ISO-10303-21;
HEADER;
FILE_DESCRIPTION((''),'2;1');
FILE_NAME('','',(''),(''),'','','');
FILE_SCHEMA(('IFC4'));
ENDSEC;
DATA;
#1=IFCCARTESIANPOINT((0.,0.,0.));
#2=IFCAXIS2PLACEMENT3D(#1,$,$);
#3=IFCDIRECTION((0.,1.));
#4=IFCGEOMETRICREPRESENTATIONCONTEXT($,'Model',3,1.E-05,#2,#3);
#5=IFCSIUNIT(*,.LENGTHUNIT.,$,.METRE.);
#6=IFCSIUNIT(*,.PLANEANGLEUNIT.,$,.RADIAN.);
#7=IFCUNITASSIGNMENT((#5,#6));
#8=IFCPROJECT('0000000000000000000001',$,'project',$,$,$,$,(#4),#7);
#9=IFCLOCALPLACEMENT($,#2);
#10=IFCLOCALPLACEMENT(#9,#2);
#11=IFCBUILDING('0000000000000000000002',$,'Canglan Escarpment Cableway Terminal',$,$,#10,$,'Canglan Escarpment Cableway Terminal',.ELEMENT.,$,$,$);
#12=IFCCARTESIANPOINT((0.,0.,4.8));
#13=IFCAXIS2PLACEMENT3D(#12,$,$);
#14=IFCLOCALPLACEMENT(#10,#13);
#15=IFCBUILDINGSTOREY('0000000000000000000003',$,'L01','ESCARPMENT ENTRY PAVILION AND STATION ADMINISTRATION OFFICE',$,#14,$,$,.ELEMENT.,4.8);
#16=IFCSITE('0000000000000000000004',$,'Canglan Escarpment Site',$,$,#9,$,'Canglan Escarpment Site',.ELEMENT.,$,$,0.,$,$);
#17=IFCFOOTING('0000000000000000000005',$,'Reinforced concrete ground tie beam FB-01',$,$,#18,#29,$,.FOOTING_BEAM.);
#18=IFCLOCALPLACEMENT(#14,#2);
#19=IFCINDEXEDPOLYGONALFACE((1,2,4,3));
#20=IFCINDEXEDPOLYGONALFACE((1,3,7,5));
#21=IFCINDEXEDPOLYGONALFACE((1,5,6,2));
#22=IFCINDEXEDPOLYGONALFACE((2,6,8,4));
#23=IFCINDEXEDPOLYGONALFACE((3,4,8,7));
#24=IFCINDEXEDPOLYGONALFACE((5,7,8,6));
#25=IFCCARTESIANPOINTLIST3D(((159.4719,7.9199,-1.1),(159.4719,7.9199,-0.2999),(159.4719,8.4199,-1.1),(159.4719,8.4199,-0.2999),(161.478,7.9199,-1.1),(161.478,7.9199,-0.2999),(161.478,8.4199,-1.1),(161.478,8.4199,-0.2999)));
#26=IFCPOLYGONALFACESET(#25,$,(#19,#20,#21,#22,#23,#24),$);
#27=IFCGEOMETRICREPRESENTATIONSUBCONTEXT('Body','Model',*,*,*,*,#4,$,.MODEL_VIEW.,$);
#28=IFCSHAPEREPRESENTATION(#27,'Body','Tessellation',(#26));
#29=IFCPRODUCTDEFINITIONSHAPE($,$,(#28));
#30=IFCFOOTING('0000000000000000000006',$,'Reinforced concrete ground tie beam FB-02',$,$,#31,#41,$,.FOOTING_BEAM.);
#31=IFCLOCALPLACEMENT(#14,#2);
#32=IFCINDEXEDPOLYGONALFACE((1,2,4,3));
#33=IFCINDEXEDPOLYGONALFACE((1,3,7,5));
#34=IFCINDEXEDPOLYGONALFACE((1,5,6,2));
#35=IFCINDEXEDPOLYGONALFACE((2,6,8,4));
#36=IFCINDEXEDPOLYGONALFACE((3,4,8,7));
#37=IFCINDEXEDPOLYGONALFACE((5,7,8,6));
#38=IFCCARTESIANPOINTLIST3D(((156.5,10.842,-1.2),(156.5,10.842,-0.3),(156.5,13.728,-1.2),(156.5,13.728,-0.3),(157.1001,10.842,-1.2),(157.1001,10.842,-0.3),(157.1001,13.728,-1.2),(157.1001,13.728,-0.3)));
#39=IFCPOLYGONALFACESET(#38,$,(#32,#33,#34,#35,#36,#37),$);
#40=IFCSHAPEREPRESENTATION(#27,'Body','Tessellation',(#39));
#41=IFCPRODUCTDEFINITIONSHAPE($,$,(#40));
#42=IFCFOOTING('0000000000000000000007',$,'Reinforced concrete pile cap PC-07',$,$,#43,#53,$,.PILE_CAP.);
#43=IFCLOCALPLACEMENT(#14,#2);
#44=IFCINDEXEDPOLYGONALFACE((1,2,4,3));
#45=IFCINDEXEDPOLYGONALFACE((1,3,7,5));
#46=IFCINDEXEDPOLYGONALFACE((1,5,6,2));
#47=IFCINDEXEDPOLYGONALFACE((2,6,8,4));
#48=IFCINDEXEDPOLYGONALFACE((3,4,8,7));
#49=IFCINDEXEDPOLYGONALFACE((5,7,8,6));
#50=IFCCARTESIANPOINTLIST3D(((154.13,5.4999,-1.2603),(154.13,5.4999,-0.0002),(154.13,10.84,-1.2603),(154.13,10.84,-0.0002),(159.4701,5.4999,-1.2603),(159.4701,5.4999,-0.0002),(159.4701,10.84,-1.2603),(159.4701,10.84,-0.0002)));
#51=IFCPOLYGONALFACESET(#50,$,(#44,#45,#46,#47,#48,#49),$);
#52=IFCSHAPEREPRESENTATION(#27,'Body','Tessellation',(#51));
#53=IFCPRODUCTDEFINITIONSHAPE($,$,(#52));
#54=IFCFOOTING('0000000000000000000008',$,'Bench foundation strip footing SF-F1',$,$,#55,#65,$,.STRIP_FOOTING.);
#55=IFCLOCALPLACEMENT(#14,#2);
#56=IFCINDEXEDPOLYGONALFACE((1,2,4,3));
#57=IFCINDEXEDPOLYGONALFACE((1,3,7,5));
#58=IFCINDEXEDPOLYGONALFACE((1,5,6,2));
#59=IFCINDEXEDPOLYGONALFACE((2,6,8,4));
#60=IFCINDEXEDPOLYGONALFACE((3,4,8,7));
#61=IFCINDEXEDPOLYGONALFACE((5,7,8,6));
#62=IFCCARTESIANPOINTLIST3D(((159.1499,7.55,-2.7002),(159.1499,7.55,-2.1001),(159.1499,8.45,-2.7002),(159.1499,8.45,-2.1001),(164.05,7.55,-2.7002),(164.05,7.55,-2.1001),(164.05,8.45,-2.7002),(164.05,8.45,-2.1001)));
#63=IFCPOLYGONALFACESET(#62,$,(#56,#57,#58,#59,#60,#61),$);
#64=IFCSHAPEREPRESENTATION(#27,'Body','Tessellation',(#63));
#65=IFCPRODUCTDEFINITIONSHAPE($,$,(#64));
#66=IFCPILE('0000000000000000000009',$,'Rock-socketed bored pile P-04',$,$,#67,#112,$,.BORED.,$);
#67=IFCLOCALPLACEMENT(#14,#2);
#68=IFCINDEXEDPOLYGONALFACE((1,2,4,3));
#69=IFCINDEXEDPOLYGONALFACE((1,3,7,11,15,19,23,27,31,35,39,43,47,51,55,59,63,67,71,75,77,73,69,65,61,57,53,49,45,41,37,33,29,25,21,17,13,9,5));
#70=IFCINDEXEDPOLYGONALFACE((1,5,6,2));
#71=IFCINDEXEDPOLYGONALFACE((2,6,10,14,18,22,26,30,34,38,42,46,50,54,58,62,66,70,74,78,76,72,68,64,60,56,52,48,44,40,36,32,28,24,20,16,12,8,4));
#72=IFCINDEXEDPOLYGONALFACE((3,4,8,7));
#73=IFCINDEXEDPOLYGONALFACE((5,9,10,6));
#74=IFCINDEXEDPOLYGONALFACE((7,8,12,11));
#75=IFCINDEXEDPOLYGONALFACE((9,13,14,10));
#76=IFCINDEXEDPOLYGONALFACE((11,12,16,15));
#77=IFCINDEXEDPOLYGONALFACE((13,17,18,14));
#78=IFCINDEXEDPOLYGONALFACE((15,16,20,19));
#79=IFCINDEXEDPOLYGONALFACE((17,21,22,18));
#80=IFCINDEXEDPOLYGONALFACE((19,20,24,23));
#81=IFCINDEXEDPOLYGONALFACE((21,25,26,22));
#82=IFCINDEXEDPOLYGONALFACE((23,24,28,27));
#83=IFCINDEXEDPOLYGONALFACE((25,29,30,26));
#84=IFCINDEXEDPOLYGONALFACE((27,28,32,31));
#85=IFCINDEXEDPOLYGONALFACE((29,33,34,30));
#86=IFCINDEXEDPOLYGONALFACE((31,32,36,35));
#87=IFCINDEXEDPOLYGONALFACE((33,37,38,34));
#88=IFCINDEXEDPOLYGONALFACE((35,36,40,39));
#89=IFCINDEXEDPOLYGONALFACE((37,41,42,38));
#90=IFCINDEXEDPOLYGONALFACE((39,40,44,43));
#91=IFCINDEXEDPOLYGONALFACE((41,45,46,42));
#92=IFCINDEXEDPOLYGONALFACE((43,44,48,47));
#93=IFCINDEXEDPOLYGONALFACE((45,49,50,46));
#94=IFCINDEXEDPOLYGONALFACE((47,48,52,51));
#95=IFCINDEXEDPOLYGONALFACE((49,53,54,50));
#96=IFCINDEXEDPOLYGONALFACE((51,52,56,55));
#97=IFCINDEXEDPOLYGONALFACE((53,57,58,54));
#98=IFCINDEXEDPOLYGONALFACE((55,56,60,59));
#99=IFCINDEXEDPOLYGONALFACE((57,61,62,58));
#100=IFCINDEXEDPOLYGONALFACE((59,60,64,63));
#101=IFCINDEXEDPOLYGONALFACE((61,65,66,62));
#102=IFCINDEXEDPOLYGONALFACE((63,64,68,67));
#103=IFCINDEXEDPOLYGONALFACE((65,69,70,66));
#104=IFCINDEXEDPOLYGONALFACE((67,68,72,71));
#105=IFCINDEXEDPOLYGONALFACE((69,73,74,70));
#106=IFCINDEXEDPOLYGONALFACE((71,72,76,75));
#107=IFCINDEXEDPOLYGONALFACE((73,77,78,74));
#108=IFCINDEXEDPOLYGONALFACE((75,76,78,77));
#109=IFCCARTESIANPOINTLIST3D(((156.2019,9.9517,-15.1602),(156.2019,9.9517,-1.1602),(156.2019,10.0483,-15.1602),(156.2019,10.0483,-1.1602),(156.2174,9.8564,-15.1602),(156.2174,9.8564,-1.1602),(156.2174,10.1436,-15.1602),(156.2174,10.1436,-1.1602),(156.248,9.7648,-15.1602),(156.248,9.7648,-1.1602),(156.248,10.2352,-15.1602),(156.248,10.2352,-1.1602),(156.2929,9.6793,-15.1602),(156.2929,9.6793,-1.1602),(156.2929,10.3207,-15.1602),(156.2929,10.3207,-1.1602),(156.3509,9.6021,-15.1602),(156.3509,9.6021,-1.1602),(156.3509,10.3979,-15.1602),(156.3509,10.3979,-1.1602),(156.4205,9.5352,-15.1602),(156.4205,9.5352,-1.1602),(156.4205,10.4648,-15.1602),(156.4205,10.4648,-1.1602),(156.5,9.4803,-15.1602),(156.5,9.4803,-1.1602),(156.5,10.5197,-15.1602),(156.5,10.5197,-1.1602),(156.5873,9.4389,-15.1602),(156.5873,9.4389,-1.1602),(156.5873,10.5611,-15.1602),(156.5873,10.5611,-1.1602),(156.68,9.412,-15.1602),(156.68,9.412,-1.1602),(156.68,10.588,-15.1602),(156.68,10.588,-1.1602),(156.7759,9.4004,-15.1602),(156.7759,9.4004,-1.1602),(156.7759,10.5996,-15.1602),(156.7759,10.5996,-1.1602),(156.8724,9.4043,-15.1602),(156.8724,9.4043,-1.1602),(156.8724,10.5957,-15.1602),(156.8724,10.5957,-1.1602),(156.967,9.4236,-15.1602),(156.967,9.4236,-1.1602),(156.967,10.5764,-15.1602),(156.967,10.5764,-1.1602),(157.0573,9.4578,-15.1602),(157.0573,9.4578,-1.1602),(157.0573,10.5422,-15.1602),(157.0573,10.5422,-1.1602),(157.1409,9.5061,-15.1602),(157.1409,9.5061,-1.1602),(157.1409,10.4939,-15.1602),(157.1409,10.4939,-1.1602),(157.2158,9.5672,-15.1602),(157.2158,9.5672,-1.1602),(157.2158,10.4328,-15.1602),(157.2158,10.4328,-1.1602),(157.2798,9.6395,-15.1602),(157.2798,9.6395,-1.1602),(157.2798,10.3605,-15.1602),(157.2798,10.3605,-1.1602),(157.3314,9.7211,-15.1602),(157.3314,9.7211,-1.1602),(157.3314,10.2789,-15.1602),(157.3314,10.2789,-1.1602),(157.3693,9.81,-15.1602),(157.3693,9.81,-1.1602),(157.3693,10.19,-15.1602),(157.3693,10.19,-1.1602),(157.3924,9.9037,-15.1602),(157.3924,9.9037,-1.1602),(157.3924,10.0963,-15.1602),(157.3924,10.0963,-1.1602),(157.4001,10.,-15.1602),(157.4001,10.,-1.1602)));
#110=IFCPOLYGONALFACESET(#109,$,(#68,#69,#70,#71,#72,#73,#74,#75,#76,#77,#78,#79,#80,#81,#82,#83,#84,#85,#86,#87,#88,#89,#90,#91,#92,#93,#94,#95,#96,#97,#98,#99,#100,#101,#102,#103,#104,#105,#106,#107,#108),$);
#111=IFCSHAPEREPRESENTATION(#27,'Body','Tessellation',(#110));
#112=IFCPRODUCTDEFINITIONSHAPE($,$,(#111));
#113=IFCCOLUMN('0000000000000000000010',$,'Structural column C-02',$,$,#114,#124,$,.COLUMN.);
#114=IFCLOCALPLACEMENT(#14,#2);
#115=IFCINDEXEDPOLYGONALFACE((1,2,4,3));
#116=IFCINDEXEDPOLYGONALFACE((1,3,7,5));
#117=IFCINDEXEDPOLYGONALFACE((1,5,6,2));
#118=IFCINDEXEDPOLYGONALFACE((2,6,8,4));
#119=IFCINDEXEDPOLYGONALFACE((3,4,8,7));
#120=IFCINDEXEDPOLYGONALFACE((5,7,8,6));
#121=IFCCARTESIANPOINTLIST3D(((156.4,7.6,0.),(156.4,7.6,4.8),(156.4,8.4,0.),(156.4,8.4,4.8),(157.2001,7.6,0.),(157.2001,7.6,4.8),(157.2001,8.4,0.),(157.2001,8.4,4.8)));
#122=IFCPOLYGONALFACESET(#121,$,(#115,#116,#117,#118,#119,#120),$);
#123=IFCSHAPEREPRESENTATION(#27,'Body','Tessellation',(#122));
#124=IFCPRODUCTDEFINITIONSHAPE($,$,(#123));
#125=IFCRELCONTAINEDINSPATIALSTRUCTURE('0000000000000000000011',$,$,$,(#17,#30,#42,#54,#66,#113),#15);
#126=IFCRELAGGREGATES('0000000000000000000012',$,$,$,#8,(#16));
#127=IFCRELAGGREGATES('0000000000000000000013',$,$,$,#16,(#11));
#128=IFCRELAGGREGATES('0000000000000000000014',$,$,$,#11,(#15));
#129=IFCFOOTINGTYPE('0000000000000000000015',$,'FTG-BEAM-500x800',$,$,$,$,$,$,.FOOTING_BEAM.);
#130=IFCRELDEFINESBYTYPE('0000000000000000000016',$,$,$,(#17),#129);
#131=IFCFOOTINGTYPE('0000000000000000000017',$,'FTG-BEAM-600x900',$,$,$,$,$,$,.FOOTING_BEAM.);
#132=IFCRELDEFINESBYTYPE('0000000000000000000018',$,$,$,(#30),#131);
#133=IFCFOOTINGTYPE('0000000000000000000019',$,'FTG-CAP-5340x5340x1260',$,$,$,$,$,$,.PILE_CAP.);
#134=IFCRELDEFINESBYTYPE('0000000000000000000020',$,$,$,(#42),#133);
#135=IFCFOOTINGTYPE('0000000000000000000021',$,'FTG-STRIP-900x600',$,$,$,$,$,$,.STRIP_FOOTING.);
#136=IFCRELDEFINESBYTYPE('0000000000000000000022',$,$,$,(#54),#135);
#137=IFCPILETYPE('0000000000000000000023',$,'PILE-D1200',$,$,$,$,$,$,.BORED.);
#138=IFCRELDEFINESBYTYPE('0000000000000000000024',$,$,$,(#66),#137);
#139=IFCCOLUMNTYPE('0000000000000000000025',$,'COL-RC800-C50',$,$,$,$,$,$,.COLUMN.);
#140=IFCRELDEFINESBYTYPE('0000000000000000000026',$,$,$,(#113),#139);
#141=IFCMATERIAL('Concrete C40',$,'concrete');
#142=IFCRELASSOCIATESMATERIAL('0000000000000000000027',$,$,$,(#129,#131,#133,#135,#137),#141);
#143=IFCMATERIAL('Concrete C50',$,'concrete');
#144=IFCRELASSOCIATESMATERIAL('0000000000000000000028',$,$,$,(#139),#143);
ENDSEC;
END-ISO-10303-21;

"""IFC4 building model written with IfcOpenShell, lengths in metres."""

from ifc_helpers import new_model, si_unit, direction, frame, origin, origin_2d, place, context, subcontext, project, spatial, rectangle, circle, extrude, material, material_profile, profile_set, type_object, element, save


model = new_model("IFC4")

# Units and contexts
model_context = context("Model", 3, precision=1e-05, world=origin(), true_north=direction((0.0, 1.0)))
body_context = subcontext(model_context, "Body", "Model", "MODEL_VIEW")
ifc_project = project(units=[si_unit("LENGTHUNIT", "METRE"), si_unit("PLANEANGLEUNIT", "RADIAN")], contexts=[model_context])

# Site, building, storey
site_placement = place(None, origin())
site = spatial("IfcSite", under=ifc_project, at=site_placement, Name="Canglan Escarpment Site", LongName="Canglan Escarpment Site", CompositionType="ELEMENT", RefElevation=0.0)
building_placement = place(site_placement, origin())
building = spatial("IfcBuilding", under=site, at=building_placement, Name="Canglan Escarpment Cableway Terminal", LongName="Canglan Escarpment Cableway Terminal", CompositionType="ELEMENT")
storey_placement = place(building_placement, frame((0.0, 0.0, 4.8)))
storey = spatial("IfcBuildingStorey", under=building, at=storey_placement, Name="L01", Description="ESCARPMENT ENTRY PAVILION AND STATION ADMINISTRATION OFFICE", CompositionType="ELEMENT", Elevation=4.8)

# Footings
ifc_material_1 = material(Name="Concrete C40", Category="concrete")
ifc_material_profile_1 = material_profile(ifc_material_1, rectangle(XDim=0.5, YDim=0.8, at=origin_2d()), Name="FB 500x800")
ifc_profile_set_1 = profile_set([ifc_material_profile_1], Name="Concrete C40")
footing_type_1 = type_object("IfcFootingType", Name="FTG-BEAM-500x800", PredefinedType="FOOTING_BEAM", material=ifc_profile_set_1)
footing_1_placement = place(storey_placement, frame((159.4719, 8.1699, -0.7), z_axis=(1.0, 0.0, 0.0), x_axis=(0.0, 1.0, 0.0)))
element("IfcFooting", 1, at=footing_1_placement, inside=storey, type_object=footing_type_1, Name="Reinforced concrete ground tie beam FB-01", PredefinedType="FOOTING_BEAM", context=body_context, shape_type="SweptSolid", body=[
    extrude(rectangle(XDim=0.5, YDim=0.8, at=origin_2d()), origin(), (0.0, 0.0, 1.0), 2.0061),
])
ifc_material_profile_2 = material_profile(ifc_material_1, rectangle(XDim=0.6001, YDim=0.8999, at=origin_2d()), Name="FB 600x900")
ifc_profile_set_2 = profile_set([ifc_material_profile_2], Name="Concrete C40")
footing_type_2 = type_object("IfcFootingType", Name="FTG-BEAM-600x900", PredefinedType="FOOTING_BEAM", material=ifc_profile_set_2)
footing_2_placement = place(storey_placement, frame((156.8, 10.842, -0.75), z_axis=(0.0, 1.0, 0.0), x_axis=(-1.0, 0.0, 0.0)))
element("IfcFooting", 2, at=footing_2_placement, inside=storey, type_object=footing_type_2, Name="Reinforced concrete ground tie beam FB-02", PredefinedType="FOOTING_BEAM", context=body_context, shape_type="SweptSolid", body=[
    extrude(rectangle(XDim=0.6001, YDim=0.8999, at=origin_2d()), origin(), (0.0, 0.0, 1.0), 2.886),
])
footing_type_3 = type_object("IfcFootingType", Name="FTG-CAP-5340x5340x1260", PredefinedType="PILE_CAP", material=ifc_material_1)
footing_3_placement = place(storey_placement, frame((156.8, 8.1699, -1.2603), z_axis=(0.0, 0.0, 1.0), x_axis=(1.0, 0.0, 0.0)))
element("IfcFooting", 3, at=footing_3_placement, inside=storey, type_object=footing_type_3, Name="Reinforced concrete pile cap PC-07", PredefinedType="PILE_CAP", context=body_context, shape_type="SweptSolid", body=[
    extrude(rectangle(XDim=5.3401, YDim=5.3401, at=origin_2d()), origin(), (0.0, 0.0, 1.0), 1.26),
])
ifc_material_profile_3 = material_profile(ifc_material_1, rectangle(XDim=0.8999, YDim=0.6001, at=origin_2d()), Name="SF 900x600")
ifc_profile_set_3 = profile_set([ifc_material_profile_3], Name="Concrete C40")
footing_type_4 = type_object("IfcFootingType", Name="FTG-STRIP-900x600", PredefinedType="STRIP_FOOTING", material=ifc_profile_set_3)
footing_4_placement = place(storey_placement, frame((159.1499, 8.0, -2.4001), z_axis=(1.0, 0.0, 0.0), x_axis=(0.0, 1.0, 0.0)))
element("IfcFooting", 4, at=footing_4_placement, inside=storey, type_object=footing_type_4, Name="Bench foundation strip footing SF-F1", PredefinedType="STRIP_FOOTING", context=body_context, shape_type="SweptSolid", body=[
    extrude(rectangle(XDim=0.8999, YDim=0.6001, at=origin_2d()), origin(), (0.0, 0.0, 1.0), 4.9001),
])

# Pile
ifc_material_profile_4 = material_profile(ifc_material_1, circle(Radius=0.6001, at=origin_2d()), Name="BORED PILE D1200")
ifc_profile_set_4 = profile_set([ifc_material_profile_4], Name="Concrete C40")
pile_type = type_object("IfcPileType", Name="PILE-D1200", PredefinedType="BORED", material=ifc_profile_set_4)
pile_placement = place(storey_placement, frame((156.8, 10.0, -1.1602), z_axis=(0.0, 0.0, -1.0), x_axis=(1.0, 0.0, 0.0)))
element("IfcPile", 5, at=pile_placement, inside=storey, type_object=pile_type, Name="Rock-socketed bored pile P-04", PredefinedType="BORED", context=body_context, shape_type="SweptSolid", body=[
    extrude(circle(Radius=0.6001, at=origin_2d()), origin(), (0.0, 0.0, 1.0), 14.0),
])

# Column
ifc_material_2 = material(Name="Concrete C50", Category="concrete")
ifc_material_profile_5 = material_profile(ifc_material_2, rectangle(XDim=0.8, YDim=0.8, at=origin_2d()), Name="RC 800x800")
ifc_profile_set_5 = profile_set([ifc_material_profile_5], Name="Concrete C50")
column_type = type_object("IfcColumnType", Name="COL-RC800-C50", PredefinedType="COLUMN", material=ifc_profile_set_5)
column_placement = place(storey_placement, frame((156.8, 8.0, 0.0), z_axis=(0.0, 0.0, 1.0), x_axis=(1.0, 0.0, 0.0)))
element("IfcColumn", 6, at=column_placement, inside=storey, type_object=column_type, Name="Structural column C-02", PredefinedType="COLUMN", context=body_context, shape_type="SweptSolid", body=[
    extrude(rectangle(XDim=0.8, YDim=0.8, at=origin_2d()), origin(), (0.0, 0.0, 1.0), 4.8),
])

save(model, "model.ifc")
